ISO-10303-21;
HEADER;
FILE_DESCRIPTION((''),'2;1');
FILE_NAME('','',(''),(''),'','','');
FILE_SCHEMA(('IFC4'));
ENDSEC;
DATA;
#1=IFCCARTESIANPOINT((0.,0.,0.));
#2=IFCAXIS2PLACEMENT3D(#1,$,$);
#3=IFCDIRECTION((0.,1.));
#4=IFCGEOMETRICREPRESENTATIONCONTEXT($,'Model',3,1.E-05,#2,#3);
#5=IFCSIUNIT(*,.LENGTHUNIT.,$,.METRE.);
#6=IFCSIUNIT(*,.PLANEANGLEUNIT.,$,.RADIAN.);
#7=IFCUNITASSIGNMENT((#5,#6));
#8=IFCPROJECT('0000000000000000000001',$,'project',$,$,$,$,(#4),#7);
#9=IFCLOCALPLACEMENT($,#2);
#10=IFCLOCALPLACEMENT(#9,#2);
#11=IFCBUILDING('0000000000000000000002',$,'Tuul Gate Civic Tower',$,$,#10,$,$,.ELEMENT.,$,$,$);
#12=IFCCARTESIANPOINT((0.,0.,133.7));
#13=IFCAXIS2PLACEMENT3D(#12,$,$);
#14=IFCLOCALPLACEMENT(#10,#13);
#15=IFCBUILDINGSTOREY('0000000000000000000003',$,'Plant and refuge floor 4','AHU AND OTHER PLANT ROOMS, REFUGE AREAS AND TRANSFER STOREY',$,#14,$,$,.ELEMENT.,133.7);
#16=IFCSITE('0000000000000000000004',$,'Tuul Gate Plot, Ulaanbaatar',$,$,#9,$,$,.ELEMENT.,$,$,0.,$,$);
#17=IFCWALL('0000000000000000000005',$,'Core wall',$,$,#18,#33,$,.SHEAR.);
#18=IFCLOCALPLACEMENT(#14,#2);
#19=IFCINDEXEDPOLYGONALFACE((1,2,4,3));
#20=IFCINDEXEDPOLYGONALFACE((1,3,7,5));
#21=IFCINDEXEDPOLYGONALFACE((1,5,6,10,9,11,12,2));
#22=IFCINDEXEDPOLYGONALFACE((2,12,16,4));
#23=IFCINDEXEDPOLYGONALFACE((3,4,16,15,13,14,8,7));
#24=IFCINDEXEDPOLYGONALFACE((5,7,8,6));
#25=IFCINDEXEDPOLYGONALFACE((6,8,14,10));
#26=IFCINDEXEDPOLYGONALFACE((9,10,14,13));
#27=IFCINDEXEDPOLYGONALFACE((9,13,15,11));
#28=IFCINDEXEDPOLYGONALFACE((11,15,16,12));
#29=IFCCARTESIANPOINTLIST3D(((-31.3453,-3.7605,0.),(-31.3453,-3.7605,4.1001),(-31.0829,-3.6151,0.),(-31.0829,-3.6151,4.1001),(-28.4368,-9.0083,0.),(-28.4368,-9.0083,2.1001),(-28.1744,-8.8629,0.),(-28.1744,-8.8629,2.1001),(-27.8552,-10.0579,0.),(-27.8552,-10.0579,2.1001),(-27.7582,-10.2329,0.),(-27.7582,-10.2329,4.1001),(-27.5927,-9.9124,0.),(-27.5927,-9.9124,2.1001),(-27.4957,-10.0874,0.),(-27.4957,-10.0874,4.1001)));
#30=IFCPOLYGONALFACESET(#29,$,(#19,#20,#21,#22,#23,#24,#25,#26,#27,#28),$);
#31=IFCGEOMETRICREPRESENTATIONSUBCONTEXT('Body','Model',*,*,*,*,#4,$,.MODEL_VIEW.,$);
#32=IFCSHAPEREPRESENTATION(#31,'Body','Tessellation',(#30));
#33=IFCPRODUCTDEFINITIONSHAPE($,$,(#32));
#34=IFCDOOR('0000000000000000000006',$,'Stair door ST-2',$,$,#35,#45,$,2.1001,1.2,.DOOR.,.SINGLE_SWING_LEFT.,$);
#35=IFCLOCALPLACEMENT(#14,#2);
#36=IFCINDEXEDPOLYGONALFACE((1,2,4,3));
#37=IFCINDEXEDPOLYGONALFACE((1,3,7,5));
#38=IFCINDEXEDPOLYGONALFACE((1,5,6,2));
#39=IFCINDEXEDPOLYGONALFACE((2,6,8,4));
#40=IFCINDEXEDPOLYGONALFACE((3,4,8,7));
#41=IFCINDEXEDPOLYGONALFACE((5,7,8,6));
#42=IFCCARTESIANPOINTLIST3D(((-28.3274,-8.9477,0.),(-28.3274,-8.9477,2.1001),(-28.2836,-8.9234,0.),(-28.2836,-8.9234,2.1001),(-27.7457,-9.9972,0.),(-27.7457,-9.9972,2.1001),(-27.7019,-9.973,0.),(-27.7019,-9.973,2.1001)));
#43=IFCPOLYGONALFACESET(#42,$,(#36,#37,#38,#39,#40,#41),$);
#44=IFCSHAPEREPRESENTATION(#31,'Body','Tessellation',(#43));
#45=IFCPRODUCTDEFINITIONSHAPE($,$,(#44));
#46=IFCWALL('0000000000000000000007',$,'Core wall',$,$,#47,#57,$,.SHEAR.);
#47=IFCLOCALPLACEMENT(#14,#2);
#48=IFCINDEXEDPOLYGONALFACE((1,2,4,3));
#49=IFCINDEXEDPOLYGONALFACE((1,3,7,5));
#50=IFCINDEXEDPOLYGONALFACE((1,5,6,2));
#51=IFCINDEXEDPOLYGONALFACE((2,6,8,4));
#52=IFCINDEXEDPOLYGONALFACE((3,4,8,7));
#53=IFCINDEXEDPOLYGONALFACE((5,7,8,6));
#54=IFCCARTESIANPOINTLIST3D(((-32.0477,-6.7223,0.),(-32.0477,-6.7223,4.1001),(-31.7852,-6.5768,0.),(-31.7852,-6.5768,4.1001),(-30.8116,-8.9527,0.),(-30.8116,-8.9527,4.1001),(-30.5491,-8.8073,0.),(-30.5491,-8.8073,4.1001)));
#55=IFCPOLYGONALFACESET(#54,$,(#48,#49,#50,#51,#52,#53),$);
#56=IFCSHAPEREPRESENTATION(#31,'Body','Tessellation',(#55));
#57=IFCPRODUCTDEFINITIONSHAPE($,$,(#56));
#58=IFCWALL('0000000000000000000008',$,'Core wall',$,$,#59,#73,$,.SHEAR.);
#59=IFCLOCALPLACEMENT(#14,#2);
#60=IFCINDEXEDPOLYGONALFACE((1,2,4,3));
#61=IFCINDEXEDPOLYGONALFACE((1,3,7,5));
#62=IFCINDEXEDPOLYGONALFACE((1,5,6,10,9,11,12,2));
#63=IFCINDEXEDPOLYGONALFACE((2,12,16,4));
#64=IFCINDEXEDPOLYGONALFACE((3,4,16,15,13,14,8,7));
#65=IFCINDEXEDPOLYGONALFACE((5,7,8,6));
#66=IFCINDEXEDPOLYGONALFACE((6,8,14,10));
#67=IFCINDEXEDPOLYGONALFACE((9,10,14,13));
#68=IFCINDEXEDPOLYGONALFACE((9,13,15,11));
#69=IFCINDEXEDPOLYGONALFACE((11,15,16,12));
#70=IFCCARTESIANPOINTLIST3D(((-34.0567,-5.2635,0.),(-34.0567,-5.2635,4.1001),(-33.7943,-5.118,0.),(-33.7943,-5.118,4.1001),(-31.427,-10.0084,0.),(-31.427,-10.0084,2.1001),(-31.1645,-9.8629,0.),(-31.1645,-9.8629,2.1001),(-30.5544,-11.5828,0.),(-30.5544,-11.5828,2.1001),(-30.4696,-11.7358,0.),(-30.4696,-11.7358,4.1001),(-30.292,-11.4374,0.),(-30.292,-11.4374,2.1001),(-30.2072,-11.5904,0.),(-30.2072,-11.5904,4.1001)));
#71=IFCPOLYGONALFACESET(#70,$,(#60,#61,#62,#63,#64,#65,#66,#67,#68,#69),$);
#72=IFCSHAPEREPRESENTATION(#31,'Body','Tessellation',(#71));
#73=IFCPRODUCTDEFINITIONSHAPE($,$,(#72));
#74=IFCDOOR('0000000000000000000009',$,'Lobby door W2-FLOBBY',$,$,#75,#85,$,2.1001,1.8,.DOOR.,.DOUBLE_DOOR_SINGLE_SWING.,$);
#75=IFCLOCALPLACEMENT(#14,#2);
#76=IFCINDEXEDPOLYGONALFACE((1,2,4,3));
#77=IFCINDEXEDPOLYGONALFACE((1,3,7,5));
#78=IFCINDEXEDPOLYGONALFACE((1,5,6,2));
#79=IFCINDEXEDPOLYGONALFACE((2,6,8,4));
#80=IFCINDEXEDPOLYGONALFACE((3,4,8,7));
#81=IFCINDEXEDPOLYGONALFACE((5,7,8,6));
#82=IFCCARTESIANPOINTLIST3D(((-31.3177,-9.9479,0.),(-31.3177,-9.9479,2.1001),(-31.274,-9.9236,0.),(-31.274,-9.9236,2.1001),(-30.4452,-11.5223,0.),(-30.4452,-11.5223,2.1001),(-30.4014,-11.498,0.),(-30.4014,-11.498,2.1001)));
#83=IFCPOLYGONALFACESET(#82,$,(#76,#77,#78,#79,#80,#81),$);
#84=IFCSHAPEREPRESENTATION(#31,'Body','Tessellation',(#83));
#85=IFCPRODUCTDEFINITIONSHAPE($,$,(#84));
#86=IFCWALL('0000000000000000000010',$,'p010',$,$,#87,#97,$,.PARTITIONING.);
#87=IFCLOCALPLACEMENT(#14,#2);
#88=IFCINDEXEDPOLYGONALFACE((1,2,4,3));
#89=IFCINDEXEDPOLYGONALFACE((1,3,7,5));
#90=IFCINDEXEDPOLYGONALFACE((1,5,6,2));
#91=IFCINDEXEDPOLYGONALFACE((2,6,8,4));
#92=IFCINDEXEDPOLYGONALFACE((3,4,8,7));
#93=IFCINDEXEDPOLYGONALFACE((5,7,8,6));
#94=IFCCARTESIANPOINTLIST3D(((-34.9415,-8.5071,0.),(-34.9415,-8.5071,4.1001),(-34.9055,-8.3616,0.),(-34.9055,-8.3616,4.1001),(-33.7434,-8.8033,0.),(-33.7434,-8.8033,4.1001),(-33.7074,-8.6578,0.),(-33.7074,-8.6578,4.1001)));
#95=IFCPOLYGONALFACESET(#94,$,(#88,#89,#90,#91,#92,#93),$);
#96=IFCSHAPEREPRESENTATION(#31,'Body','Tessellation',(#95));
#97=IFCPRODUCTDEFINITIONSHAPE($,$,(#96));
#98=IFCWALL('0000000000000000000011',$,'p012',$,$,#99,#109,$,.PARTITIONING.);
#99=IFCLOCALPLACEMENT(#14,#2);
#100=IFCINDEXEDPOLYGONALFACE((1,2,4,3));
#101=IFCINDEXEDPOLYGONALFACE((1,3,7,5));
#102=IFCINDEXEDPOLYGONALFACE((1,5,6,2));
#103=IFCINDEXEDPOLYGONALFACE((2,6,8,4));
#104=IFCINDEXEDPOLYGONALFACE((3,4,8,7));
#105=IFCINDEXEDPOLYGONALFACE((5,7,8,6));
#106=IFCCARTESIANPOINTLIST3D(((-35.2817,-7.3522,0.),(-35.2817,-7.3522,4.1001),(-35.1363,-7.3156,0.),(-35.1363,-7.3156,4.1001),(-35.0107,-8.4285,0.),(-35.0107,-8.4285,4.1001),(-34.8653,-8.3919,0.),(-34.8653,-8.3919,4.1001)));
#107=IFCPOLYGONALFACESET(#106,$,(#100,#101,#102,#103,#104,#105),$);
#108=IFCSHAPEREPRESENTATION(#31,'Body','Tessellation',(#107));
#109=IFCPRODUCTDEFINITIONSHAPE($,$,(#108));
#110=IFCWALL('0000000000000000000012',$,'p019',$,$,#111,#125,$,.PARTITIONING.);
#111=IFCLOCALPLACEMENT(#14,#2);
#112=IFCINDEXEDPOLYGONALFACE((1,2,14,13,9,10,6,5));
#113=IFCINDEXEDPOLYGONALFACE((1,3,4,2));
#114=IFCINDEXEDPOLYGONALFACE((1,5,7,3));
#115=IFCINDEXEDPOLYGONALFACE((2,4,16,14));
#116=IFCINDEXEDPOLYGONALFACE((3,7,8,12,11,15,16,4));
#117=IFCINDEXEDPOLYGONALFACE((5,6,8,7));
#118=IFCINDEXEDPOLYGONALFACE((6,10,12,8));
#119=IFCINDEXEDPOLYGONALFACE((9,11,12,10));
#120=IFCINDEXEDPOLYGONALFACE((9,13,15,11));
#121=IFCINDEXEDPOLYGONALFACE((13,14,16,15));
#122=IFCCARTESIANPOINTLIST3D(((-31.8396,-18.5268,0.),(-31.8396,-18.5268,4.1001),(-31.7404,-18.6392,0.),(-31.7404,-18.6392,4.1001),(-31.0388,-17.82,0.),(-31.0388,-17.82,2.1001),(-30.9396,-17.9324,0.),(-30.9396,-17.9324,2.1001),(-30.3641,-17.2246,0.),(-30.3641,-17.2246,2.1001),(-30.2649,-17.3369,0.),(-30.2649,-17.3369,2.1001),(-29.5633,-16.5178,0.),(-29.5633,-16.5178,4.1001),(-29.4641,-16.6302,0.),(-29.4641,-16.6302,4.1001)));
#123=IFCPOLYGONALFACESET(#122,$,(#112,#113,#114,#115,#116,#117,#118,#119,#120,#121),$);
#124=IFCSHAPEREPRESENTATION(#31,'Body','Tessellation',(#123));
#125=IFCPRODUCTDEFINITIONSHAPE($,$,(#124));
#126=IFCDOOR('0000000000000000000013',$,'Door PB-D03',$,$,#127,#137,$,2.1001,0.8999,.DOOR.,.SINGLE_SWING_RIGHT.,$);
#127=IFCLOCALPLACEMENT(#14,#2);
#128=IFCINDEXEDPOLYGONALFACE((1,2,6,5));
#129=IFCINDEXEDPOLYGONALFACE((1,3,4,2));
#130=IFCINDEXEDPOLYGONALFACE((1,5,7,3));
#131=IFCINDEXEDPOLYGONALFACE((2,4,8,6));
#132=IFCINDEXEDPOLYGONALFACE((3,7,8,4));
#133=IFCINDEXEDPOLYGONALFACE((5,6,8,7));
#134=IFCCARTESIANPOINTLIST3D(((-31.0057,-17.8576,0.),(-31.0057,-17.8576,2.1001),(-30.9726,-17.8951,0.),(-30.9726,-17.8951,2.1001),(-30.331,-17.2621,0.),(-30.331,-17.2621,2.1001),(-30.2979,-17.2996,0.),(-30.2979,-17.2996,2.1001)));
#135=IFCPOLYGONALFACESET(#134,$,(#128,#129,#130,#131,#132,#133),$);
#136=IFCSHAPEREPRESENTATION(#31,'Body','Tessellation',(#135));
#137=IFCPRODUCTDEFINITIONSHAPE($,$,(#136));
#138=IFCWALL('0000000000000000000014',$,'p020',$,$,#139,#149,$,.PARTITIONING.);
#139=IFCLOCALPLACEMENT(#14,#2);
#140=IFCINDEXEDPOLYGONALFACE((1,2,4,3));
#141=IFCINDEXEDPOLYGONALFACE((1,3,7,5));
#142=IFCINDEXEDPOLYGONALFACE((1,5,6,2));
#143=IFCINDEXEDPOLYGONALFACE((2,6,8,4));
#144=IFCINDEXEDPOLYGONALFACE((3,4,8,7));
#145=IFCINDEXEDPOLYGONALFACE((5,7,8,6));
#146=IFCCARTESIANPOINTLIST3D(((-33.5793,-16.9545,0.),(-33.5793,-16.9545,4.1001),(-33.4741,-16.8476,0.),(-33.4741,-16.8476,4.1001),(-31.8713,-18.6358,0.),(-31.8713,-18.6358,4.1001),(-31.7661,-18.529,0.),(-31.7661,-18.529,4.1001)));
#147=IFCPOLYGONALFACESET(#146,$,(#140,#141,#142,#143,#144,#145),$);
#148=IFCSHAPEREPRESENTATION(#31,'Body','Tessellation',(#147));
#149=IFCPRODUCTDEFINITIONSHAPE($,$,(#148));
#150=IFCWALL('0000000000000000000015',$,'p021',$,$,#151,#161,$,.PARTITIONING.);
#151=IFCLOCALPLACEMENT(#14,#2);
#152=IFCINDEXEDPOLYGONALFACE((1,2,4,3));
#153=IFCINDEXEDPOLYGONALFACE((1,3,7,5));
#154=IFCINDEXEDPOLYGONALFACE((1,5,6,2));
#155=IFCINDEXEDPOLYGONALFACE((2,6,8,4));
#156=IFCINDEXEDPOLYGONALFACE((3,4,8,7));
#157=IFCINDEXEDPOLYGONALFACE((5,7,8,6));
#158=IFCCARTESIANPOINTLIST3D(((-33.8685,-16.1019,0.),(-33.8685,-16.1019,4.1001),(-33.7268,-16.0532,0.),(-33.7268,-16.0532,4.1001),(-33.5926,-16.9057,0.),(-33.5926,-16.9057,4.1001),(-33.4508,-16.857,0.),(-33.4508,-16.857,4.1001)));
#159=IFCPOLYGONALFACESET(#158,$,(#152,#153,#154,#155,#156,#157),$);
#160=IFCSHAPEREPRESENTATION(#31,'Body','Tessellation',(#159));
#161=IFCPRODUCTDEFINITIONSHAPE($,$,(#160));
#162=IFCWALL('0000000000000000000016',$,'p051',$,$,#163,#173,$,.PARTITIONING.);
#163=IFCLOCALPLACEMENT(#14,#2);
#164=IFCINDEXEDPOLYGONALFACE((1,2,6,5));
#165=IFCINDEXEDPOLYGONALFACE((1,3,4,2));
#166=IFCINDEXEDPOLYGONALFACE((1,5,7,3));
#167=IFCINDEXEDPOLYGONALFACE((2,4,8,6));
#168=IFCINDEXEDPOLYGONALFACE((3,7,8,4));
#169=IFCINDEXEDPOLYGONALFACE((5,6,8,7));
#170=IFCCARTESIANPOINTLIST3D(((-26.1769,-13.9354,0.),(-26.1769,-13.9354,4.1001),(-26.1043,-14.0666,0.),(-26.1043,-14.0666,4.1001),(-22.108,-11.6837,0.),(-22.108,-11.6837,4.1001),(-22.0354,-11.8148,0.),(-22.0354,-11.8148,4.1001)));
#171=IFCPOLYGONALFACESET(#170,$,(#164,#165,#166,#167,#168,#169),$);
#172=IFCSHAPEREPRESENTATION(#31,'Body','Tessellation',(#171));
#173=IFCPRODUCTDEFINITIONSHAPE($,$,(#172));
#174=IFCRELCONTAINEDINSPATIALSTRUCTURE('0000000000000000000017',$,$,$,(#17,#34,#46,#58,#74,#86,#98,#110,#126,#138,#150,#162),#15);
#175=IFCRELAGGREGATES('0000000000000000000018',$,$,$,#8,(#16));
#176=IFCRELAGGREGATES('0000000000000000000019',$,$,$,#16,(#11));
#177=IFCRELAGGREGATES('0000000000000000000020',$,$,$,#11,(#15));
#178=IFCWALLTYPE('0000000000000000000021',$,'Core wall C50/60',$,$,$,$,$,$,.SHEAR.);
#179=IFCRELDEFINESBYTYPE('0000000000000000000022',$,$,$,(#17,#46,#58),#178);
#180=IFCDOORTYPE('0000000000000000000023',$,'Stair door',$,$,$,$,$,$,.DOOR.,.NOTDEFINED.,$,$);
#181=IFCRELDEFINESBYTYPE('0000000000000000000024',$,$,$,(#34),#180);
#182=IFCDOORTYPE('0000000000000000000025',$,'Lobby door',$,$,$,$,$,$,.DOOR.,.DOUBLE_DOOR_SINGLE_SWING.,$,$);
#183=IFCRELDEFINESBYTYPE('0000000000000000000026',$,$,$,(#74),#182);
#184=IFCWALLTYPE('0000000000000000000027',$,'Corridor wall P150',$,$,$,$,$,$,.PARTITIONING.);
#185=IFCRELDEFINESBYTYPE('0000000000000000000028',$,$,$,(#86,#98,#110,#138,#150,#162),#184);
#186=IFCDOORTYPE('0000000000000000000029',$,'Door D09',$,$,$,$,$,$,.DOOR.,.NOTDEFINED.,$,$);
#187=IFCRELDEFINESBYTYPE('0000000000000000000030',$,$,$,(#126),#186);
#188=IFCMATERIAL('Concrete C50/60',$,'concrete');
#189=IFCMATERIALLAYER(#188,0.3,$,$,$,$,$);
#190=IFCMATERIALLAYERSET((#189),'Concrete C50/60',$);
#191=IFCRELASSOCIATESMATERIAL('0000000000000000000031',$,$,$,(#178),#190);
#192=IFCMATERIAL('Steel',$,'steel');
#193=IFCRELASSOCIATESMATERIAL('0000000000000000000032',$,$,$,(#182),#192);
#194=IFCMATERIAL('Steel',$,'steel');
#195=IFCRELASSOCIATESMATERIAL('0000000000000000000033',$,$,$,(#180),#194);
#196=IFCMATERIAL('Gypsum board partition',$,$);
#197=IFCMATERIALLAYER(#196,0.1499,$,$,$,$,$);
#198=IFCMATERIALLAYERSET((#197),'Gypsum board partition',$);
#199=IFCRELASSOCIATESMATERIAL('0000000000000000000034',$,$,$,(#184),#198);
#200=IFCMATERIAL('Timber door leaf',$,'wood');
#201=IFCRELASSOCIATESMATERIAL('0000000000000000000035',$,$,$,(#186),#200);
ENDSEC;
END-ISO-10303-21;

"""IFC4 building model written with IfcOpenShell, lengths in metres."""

from ifc_helpers import new_model, si_unit, direction, frame, frame_2d, origin, place, context, subcontext, project, spatial, rectangle, extrude, material, layer, layer_set, type_object, element, fill, save


model = new_model("IFC4")

# Units and contexts
model_context = context("Model", 3, precision=1e-05, world=origin(), true_north=direction((0.0, 1.0)))
body_context = subcontext(model_context, "Body", "Model", "MODEL_VIEW")
ifc_project = project(units=[si_unit("LENGTHUNIT", "METRE"), si_unit("PLANEANGLEUNIT", "RADIAN")], contexts=[model_context])

# Site, building, storey
site_placement = place(None, origin())
site = spatial("IfcSite", under=ifc_project, at=site_placement, Name="Tuul Gate Plot, Ulaanbaatar", CompositionType="ELEMENT", RefElevation=0.0)
building_placement = place(site_placement, origin())
building = spatial("IfcBuilding", under=site, at=building_placement, Name="Tuul Gate Civic Tower", CompositionType="ELEMENT")
storey_placement = place(building_placement, frame((0.0, 0.0, 133.7)))
storey = spatial("IfcBuildingStorey", under=building, at=storey_placement, Name="Plant and refuge floor 4", Description="AHU AND OTHER PLANT ROOMS, REFUGE AREAS AND TRANSFER STOREY", CompositionType="ELEMENT", Elevation=133.7)

# Shared definitions
ifc_material_1 = material(Name="Concrete C50/60", Category="concrete")
ifc_layer_1 = layer(ifc_material_1, 0.3)
ifc_layer_set_1 = layer_set([ifc_layer_1], Name="Concrete C50/60")
wall_type_1 = type_object("IfcWallType", Name="Core wall C50/60", PredefinedType="SHEAR", material=ifc_layer_set_1)
ifc_material_2 = material(Name="Steel", Category="steel")
door_type_1 = type_object("IfcDoorType", Name="Lobby door", OperationType="DOUBLE_DOOR_SINGLE_SWING", PredefinedType="DOOR", material=ifc_material_2)

# Wall, opening, door
ifc_material_3 = material(Name="Steel", Category="steel")
door_type_2 = type_object("IfcDoorType", Name="Stair door", OperationType="NOTDEFINED", PredefinedType="DOOR", material=ifc_material_3)
wall_1_placement = place(storey_placement, frame((-27.627, -10.1602, 0.0), z_axis=(0.0, 0.0, 1.0), x_axis=(-0.484752, 0.874652, 0.0)))
wall_1 = element("IfcWall", 1, at=wall_1_placement, inside=storey, type_object=wall_type_1, Name="Core wall", PredefinedType="SHEAR", context=body_context, shape_type="SweptSolid", body=[
    extrude(rectangle(XDim=7.3999, YDim=0.3, at=frame_2d((3.7, 0.0))), origin(), (0.0, 0.0, 1.0), 4.1001),
])
opening_1_placement = place(wall_1_placement, frame((0.2, 0.0, 0.0)))
opening_1 = element("IfcOpeningElement", 2, at=opening_1_placement, cuts=wall_1, PredefinedType="OPENING", context=body_context, shape_type="SweptSolid", body=[
    extrude(rectangle(XDim=1.2, YDim=2.1001, at=frame_2d((0.6001, 1.05))), frame((0.0, 0.1602, 0.0), z_axis=(0.0, -1.0, 0.0), x_axis=(1.0, 0.0, 0.0)), (0.0, 0.0, 1.0), 0.3201),
])
door_1_placement = place(opening_1_placement, origin())
door_1 = element("IfcDoor", 3, at=door_1_placement, inside=storey, type_object=door_type_2, Name="Stair door ST-2", OperationType="SINGLE_SWING_LEFT", OverallHeight=2.1001, OverallWidth=1.2, PredefinedType="DOOR", context=body_context, shape_type="SweptSolid", body=[
    extrude(rectangle(XDim=1.2, YDim=2.1001, at=frame_2d((0.6001, 1.05))), frame((0.0, 0.0249, 0.0), z_axis=(0.0, -1.0, 0.0), x_axis=(1.0, 0.0, 0.0)), (0.0, 0.0, 1.0), 0.05),
])
fill(opening_1, door_1)

# Wall
wall_2_placement = place(storey_placement, frame((-30.6804, -8.8799, 0.0), z_axis=(0.0, 0.0, 1.0), x_axis=(-0.484724, 0.874667, 0.0)))
element("IfcWall", 4, at=wall_2_placement, inside=storey, type_object=wall_type_1, Name="Core wall", PredefinedType="SHEAR", context=body_context, shape_type="SweptSolid", body=[
    extrude(rectangle(XDim=2.55, YDim=0.3, at=frame_2d((1.2749, 0.0))), origin(), (0.0, 0.0, 1.0), 4.1001),
])

# Wall, opening, door
wall_3_placement = place(storey_placement, frame((-30.3384, -11.6631, 0.0), z_axis=(0.0, 0.0, 1.0), x_axis=(-0.484752, 0.874652, 0.0)))
wall_3 = element("IfcWall", 5, at=wall_3_placement, inside=storey, type_object=wall_type_1, Name="Core wall", PredefinedType="SHEAR", context=body_context, shape_type="SweptSolid", body=[
    extrude(rectangle(XDim=7.3999, YDim=0.3, at=frame_2d((3.7, 0.0))), origin(), (0.0, 0.0, 1.0), 4.1001),
])
opening_2_placement = place(wall_3_placement, frame((0.175, 0.0, 0.0)))
opening_2 = element("IfcOpeningElement", 6, at=opening_2_placement, cuts=wall_3, PredefinedType="OPENING", context=body_context, shape_type="SweptSolid", body=[
    extrude(rectangle(XDim=1.8, YDim=2.1001, at=frame_2d((0.8999, 1.05))), frame((0.0, 0.1602, 0.0), z_axis=(0.0, -1.0, 0.0), x_axis=(1.0, 0.0, 0.0)), (0.0, 0.0, 1.0), 0.3201),
])
door_2_placement = place(opening_2_placement, frame((1.8, 0.0, 0.0), z_axis=(0.0, 0.0, 1.0), x_axis=(-1.0, 0.0, 0.0)))
door_2 = element("IfcDoor", 7, at=door_2_placement, inside=storey, type_object=door_type_1, Name="Lobby door W2-FLOBBY", OperationType="DOUBLE_DOOR_SINGLE_SWING", OverallHeight=2.1001, OverallWidth=1.8, PredefinedType="DOOR", context=body_context, shape_type="SweptSolid", body=[
    extrude(rectangle(XDim=1.8, YDim=2.1001, at=frame_2d((0.9001, 1.05))), frame((0.0, 0.0249, 0.0), z_axis=(0.0, -1.0, 0.0), x_axis=(1.0, 0.0, 0.0)), (0.0, 0.0, 1.0), 0.05),
])
fill(opening_2, door_2)

# Walls
ifc_material_4 = material(Name="Gypsum board partition")
ifc_layer_2 = layer(ifc_material_4, 0.1499)
ifc_layer_set_2 = layer_set([ifc_layer_2], Name="Gypsum board partition")
wall_type_2 = type_object("IfcWallType", Name="Corridor wall P150", PredefinedType="PARTITIONING", material=ifc_layer_set_2)
wall_4_placement = place(storey_placement, frame((-34.9236, -8.4343, 0.0), z_axis=(0.0, 0.0, 1.0), x_axis=(0.970779, -0.239975, 0.0)))
element("IfcWall", 8, at=wall_4_placement, inside=storey, type_object=wall_type_2, Name="p010", PredefinedType="PARTITIONING", context=body_context, shape_type="SweptSolid", body=[
    extrude(rectangle(XDim=1.2341, YDim=0.1499, at=frame_2d((0.6172, 0.0))), origin(), (0.0, 0.0, 1.0), 4.1001),
])
wall_5_placement = place(storey_placement, frame((-34.938, -8.4102, 0.0), z_axis=(0.0, 0.0, 1.0), x_axis=(-0.244192, 0.969727, 0.0)))
element("IfcWall", 9, at=wall_5_placement, inside=storey, type_object=wall_type_2, Name="p012", PredefinedType="PARTITIONING", context=body_context, shape_type="SweptSolid", body=[
    extrude(rectangle(XDim=1.1099, YDim=0.1499, at=frame_2d((0.5549, 0.0))), origin(), (0.0, 0.0, 1.0), 4.1001),
])

# Wall, opening, door
wall_6_placement = place(storey_placement, frame((-31.79, -18.583, 0.0), z_axis=(0.0, 0.0, 1.0), x_axis=(0.74976, 0.661709, 0.0)))
wall_6 = element("IfcWall", 10, at=wall_6_placement, inside=storey, type_object=wall_type_2, Name="p019", PredefinedType="PARTITIONING", context=body_context, shape_type="SweptSolid", body=[
    extrude(rectangle(XDim=3.0361, YDim=0.1499, at=frame_2d((1.5181, 0.0))), origin(), (0.0, 0.0, 1.0), 4.1001),
])
opening_3_placement = place(wall_6_placement, frame((1.0681, 0.0, 0.0)))
opening_3 = element("IfcOpeningElement", 11, at=opening_3_placement, cuts=wall_6, PredefinedType="OPENING", context=body_context, shape_type="SweptSolid", body=[
    extrude(rectangle(XDim=0.8999, YDim=2.1001, at=frame_2d((0.45, 1.05))), frame((0.0, 0.085, 0.0), z_axis=(0.0, -1.0, 0.0), x_axis=(1.0, 0.0, 0.0)), (0.0, 0.0, 1.0), 0.1699),
])
ifc_material_5 = material(Name="Timber door leaf", Category="wood")
door_type_3 = type_object("IfcDoorType", Name="Door D09", OperationType="NOTDEFINED", PredefinedType="DOOR", material=ifc_material_5)
door_3_placement = place(opening_3_placement, origin())
door_3 = element("IfcDoor", 12, at=door_3_placement, inside=storey, type_object=door_type_3, Name="Door PB-D03", OperationType="SINGLE_SWING_RIGHT", OverallHeight=2.1001, OverallWidth=0.8999, PredefinedType="DOOR", context=body_context, shape_type="SweptSolid", body=[
    extrude(rectangle(XDim=0.8999, YDim=2.1001, at=frame_2d((0.45, 1.05))), frame((0.0, 0.0249, 0.0), z_axis=(0.0, -1.0, 0.0), x_axis=(1.0, 0.0, 0.0)), (0.0, 0.0, 1.0), 0.05),
])
fill(opening_3, door_3)

# Walls
wall_7_placement = place(storey_placement, frame((-33.5266, -16.9011, 0.0), z_axis=(0.0, 0.0, 1.0), x_axis=(0.712637, -0.701533, 0.0)))
element("IfcWall", 13, at=wall_7_placement, inside=storey, type_object=wall_type_2, Name="p020", PredefinedType="PARTITIONING", context=body_context, shape_type="SweptSolid", body=[
    extrude(rectangle(XDim=2.3967, YDim=0.1499, at=frame_2d((1.1982, 0.0))), origin(), (0.0, 0.0, 1.0), 4.1001),
])
wall_8_placement = place(storey_placement, frame((-33.7976, -16.0776, 0.0), z_axis=(0.0, 0.0, 1.0), x_axis=(0.324662, -0.94583, 0.0)))
element("IfcWall", 14, at=wall_8_placement, inside=storey, type_object=wall_type_2, Name="p021", PredefinedType="PARTITIONING", context=body_context, shape_type="SweptSolid", body=[
    extrude(rectangle(XDim=0.8499, YDim=0.1499, at=frame_2d((0.4248, 0.0))), origin(), (0.0, 0.0, 1.0), 4.1001),
])
wall_9_placement = place(storey_placement, frame((-26.1406, -14.001, 0.0), z_axis=(0.0, 0.0, 1.0), x_axis=(0.874956, 0.484202, 0.0)))
element("IfcWall", 15, at=wall_9_placement, inside=storey, type_object=wall_type_2, Name="p051", PredefinedType="PARTITIONING", context=body_context, shape_type="SweptSolid", body=[
    extrude(rectangle(XDim=4.6504, YDim=0.1499, at=frame_2d((2.3252, 0.0))), origin(), (0.0, 0.0, 1.0), 4.1001),
])

save(model, "model.ifc")
